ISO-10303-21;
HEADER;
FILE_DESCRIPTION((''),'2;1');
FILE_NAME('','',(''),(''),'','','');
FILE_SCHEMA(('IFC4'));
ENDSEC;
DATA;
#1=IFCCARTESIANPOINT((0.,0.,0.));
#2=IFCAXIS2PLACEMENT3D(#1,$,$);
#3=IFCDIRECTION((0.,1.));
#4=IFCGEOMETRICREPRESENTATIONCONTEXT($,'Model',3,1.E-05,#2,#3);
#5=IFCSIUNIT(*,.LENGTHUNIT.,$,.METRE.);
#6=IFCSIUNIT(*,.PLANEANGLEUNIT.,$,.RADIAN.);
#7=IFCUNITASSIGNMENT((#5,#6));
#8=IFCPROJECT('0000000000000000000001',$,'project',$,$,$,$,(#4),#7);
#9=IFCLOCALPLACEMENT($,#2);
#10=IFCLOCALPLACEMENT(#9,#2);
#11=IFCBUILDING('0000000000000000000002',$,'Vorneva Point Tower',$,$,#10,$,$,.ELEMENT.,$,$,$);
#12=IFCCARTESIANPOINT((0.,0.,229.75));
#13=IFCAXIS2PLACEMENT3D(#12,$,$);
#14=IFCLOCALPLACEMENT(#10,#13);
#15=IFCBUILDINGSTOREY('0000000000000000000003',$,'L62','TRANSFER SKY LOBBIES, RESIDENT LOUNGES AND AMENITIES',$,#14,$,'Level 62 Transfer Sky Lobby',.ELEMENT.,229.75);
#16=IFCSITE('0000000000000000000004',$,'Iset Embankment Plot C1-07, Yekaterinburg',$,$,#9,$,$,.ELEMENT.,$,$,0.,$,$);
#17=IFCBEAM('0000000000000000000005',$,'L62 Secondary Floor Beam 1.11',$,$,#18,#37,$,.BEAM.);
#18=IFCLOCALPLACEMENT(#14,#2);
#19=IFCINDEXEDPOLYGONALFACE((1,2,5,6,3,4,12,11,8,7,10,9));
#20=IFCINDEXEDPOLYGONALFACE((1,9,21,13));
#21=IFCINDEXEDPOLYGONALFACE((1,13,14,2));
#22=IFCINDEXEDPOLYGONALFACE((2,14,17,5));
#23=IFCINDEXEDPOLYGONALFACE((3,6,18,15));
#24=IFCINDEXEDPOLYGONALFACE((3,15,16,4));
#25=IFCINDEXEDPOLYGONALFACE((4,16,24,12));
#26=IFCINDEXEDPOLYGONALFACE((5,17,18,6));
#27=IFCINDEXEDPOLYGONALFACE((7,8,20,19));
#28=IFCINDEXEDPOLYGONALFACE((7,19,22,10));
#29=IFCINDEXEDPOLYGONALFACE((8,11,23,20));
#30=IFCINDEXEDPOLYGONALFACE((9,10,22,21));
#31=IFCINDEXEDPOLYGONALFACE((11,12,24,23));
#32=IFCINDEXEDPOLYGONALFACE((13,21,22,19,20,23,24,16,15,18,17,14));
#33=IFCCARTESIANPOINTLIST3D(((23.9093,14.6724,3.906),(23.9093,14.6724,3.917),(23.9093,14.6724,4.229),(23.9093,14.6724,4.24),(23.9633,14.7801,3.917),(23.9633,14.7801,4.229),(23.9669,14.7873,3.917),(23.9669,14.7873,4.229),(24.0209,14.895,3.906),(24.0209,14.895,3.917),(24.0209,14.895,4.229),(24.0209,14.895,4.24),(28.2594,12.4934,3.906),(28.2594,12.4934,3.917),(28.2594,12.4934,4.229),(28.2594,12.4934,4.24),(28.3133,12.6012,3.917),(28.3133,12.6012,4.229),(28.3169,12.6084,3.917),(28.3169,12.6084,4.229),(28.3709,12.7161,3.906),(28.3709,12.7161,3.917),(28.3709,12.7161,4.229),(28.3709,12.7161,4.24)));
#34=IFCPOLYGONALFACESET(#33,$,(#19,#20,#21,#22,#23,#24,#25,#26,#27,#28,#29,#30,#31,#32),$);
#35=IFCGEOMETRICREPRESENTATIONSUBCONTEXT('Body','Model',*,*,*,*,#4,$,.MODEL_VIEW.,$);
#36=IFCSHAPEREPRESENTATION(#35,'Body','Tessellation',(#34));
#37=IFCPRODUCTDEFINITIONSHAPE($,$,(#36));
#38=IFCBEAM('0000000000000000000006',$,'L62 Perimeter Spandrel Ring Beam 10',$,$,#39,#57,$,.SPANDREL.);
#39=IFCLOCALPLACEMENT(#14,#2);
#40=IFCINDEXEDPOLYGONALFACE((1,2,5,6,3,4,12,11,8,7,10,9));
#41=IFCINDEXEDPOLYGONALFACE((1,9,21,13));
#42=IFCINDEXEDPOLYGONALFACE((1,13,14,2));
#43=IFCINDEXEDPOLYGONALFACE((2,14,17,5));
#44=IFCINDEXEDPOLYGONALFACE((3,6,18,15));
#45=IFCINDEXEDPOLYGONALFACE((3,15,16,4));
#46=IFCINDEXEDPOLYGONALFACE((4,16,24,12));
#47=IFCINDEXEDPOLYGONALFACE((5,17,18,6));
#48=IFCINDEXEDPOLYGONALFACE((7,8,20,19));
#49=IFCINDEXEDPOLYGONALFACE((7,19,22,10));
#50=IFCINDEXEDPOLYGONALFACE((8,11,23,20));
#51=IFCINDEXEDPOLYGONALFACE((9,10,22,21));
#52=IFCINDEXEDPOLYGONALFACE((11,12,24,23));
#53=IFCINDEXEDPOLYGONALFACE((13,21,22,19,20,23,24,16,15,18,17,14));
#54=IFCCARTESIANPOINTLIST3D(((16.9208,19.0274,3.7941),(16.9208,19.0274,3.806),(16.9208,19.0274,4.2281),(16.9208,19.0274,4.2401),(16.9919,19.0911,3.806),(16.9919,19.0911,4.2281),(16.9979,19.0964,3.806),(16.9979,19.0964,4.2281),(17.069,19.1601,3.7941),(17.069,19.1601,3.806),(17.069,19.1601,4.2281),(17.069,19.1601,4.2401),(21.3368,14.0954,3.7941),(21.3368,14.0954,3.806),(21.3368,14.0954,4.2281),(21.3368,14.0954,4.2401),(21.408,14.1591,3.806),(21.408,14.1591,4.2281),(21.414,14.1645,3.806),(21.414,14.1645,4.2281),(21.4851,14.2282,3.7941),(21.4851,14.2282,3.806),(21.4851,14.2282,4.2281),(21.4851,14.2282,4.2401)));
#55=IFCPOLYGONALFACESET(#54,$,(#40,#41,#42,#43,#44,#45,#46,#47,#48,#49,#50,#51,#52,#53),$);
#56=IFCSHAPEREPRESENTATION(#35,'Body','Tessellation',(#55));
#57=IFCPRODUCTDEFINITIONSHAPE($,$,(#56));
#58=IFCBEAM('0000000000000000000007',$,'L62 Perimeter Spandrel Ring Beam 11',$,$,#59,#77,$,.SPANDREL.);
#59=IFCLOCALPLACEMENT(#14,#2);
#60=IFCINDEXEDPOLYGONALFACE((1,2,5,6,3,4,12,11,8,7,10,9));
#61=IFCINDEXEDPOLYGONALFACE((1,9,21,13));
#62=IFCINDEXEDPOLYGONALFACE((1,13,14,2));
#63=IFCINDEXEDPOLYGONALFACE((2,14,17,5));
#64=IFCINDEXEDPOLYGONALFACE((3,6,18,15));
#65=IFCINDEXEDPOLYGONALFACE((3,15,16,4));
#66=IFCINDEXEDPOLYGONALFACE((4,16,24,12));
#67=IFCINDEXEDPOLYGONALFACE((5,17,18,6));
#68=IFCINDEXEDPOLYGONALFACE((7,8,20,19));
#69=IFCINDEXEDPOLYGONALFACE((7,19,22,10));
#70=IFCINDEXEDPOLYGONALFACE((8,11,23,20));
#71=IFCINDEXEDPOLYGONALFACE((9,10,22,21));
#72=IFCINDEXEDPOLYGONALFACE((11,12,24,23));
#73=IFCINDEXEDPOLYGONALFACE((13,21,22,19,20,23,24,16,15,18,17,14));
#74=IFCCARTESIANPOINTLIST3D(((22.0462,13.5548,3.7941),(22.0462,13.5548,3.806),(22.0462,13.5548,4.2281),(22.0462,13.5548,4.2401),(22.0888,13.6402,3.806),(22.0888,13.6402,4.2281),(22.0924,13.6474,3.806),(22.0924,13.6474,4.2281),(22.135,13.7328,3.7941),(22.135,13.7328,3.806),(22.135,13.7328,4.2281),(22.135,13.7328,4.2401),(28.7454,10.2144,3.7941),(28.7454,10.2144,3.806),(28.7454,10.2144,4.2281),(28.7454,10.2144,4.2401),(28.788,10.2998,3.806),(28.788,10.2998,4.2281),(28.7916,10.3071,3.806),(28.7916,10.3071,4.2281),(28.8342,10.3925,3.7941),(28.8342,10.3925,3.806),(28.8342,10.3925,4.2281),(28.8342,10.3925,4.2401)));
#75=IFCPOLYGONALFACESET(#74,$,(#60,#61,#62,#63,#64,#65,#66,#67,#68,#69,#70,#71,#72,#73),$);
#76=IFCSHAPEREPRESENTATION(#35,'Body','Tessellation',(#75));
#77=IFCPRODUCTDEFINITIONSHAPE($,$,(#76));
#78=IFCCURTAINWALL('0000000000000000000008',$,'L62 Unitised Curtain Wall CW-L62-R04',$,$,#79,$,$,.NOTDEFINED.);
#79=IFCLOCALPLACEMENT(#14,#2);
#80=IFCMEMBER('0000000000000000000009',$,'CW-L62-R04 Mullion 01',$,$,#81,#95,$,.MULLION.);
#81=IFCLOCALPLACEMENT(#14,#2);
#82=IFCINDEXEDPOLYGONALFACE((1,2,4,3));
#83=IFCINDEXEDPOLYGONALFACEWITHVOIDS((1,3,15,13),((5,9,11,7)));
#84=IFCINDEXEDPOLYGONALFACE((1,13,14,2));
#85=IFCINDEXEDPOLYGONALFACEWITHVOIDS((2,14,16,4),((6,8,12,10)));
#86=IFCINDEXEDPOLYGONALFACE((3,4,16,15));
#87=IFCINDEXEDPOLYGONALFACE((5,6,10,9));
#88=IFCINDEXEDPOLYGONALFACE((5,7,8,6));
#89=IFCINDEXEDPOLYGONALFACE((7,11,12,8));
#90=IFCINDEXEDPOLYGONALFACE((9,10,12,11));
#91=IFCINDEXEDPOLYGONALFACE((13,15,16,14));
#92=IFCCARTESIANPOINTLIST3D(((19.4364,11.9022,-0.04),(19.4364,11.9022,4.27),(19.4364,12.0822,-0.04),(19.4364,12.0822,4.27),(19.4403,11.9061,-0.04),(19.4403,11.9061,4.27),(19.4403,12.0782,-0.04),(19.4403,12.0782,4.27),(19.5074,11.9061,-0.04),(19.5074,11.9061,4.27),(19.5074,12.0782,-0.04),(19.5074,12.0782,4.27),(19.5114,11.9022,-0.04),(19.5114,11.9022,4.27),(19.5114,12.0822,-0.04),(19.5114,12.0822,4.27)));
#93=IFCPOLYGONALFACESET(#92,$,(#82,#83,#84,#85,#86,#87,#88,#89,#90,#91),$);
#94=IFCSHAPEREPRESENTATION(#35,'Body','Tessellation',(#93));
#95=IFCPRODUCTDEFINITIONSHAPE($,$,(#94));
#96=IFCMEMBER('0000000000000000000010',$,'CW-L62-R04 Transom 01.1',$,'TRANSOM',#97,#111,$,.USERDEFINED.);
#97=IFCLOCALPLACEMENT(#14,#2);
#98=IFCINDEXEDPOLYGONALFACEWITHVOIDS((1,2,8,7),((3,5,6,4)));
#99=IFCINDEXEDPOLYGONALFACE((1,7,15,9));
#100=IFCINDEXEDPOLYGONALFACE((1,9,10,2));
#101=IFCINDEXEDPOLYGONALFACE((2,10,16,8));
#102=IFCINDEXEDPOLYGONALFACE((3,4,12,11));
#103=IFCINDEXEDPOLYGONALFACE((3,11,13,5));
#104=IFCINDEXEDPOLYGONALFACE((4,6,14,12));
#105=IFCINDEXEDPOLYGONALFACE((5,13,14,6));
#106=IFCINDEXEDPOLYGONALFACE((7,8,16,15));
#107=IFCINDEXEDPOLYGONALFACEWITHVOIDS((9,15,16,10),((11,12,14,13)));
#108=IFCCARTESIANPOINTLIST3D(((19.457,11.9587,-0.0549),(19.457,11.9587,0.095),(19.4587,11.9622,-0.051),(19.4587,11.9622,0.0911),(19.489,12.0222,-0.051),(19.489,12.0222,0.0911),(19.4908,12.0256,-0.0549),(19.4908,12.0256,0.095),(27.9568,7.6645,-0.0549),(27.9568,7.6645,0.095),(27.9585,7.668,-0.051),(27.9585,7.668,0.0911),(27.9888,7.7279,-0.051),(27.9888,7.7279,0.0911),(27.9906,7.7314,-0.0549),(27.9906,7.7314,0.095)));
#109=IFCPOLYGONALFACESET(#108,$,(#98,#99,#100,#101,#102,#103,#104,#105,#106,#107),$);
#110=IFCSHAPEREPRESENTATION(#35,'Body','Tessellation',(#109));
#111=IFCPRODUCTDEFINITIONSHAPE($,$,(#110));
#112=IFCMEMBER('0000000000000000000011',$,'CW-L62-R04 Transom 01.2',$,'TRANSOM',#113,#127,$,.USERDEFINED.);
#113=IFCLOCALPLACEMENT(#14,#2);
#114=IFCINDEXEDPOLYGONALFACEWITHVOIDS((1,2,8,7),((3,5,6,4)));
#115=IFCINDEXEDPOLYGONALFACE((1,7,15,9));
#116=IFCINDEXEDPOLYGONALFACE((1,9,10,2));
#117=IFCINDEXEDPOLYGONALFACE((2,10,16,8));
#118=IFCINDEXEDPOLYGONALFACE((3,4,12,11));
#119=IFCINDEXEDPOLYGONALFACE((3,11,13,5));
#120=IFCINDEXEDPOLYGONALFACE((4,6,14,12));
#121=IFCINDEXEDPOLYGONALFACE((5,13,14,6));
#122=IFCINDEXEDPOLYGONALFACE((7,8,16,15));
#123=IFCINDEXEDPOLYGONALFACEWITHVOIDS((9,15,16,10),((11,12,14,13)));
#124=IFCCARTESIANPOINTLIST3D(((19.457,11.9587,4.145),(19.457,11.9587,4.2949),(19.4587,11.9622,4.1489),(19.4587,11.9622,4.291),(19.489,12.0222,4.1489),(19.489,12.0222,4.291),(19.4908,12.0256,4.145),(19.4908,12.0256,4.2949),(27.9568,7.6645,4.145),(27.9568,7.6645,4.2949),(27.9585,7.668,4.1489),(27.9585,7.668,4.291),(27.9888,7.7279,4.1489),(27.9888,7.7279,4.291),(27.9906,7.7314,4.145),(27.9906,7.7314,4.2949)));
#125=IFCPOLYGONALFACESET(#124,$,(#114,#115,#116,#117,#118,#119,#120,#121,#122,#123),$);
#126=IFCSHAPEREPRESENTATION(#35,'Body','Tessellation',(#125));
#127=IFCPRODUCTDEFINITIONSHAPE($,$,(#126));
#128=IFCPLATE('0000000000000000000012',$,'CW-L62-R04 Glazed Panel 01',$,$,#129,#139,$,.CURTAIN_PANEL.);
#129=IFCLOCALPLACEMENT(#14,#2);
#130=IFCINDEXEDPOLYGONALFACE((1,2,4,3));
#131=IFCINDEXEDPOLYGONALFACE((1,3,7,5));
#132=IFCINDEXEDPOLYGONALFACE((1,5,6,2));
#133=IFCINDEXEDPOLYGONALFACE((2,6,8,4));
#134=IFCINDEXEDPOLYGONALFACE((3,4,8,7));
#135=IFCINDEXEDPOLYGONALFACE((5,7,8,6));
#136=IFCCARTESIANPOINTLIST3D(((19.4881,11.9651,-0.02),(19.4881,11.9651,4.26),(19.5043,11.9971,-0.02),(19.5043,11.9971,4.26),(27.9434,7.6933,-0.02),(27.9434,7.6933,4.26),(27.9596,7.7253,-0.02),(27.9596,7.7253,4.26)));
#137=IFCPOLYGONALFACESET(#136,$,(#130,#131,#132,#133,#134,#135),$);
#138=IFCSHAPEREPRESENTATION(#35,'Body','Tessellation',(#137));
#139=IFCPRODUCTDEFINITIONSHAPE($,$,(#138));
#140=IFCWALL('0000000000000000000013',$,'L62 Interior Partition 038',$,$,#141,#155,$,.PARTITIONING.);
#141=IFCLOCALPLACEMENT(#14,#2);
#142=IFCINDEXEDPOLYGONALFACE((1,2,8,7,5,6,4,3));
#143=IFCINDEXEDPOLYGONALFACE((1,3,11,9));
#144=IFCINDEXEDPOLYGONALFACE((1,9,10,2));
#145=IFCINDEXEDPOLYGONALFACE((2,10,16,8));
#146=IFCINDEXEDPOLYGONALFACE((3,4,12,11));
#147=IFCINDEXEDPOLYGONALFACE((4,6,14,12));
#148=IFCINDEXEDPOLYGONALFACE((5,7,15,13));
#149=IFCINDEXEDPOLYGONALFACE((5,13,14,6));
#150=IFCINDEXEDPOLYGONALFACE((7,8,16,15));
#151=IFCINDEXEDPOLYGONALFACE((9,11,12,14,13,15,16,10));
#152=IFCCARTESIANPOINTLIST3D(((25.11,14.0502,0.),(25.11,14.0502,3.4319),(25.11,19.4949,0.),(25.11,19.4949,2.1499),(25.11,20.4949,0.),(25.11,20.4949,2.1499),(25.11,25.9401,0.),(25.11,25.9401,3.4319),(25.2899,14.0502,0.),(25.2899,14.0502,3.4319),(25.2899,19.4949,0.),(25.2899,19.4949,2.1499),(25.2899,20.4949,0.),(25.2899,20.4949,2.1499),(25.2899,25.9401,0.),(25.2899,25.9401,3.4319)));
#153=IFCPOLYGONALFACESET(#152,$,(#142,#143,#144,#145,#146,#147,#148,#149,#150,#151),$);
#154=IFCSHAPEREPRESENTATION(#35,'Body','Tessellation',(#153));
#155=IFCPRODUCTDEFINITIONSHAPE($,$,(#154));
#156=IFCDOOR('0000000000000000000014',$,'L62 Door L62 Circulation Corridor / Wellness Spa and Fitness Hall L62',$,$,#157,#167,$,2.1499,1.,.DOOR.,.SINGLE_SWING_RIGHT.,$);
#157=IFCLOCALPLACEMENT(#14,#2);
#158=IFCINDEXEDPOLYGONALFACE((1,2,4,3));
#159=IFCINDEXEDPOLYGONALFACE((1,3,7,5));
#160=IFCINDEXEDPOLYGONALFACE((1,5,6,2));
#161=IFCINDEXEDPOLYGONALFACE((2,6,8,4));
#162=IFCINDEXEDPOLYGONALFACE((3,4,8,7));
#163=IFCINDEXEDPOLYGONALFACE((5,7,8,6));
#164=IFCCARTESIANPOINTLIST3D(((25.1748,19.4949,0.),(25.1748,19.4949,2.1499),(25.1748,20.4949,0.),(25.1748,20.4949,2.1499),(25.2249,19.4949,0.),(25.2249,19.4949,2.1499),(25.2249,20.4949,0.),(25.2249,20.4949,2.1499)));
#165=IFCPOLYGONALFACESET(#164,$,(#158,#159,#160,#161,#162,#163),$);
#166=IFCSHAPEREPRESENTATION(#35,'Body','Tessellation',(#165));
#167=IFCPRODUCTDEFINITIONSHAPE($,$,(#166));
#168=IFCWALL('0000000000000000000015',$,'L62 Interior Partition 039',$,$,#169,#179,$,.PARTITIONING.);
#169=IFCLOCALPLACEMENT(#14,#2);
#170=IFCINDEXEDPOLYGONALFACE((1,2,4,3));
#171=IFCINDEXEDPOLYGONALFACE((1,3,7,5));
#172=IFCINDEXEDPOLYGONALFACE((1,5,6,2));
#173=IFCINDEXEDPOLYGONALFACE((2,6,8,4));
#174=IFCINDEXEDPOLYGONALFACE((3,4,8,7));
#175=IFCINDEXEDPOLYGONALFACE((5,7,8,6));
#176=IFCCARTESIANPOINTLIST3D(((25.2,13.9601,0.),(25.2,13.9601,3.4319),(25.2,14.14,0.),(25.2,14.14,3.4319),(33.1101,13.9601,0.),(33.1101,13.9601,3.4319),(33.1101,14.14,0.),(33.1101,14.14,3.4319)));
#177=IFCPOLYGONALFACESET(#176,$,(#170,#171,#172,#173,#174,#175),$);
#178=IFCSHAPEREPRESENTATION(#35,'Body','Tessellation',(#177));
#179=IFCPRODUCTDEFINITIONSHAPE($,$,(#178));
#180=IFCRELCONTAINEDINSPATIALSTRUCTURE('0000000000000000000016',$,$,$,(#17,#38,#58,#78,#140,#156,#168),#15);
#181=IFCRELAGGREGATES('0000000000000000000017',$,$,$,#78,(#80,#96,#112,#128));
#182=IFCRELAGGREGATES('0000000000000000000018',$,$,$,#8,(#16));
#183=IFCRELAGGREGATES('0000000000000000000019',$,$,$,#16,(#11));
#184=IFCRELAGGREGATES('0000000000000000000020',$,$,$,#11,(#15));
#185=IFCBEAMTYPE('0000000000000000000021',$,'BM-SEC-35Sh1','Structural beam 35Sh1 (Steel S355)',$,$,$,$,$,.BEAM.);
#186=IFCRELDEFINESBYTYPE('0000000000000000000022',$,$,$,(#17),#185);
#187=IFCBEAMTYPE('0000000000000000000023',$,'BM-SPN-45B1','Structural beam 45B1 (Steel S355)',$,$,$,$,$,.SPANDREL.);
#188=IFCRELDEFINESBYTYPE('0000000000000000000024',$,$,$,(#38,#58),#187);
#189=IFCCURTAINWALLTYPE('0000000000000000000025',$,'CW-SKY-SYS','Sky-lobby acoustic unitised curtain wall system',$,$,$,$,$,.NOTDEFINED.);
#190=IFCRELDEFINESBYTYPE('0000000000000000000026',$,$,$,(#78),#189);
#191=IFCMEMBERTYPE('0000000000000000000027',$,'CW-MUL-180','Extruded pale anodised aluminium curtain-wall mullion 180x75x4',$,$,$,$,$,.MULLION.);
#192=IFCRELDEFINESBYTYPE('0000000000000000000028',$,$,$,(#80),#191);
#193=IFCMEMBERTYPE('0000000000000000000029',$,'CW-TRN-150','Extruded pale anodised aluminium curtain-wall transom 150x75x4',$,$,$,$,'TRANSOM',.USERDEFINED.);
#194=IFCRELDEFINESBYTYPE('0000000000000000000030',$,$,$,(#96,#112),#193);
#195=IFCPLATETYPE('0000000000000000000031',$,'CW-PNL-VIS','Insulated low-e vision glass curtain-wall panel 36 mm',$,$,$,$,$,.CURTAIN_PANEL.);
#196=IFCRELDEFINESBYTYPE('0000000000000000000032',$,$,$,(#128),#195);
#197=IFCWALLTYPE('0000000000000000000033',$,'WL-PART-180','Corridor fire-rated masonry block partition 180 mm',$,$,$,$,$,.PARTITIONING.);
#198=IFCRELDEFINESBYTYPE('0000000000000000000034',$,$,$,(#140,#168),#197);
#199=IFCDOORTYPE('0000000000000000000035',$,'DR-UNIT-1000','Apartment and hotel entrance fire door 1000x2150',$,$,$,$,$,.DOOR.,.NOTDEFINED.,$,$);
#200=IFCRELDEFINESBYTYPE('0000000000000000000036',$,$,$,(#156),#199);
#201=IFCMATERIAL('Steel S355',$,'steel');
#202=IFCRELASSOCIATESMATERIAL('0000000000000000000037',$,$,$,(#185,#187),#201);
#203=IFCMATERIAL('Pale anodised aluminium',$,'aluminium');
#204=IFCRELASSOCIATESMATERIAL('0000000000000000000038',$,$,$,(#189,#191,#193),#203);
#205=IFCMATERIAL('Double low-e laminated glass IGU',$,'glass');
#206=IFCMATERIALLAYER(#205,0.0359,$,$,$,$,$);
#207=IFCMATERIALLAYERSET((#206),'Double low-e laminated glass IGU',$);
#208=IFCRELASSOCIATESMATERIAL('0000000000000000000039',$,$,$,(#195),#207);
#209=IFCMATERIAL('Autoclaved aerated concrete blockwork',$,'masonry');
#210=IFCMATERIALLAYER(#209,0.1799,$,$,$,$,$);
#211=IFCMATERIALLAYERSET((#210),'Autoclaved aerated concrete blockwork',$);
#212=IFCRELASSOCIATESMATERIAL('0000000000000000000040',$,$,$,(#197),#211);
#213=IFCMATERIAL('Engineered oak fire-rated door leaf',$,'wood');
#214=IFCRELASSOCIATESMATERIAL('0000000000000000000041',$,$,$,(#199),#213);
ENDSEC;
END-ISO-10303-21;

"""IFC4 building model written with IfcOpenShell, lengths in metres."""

from ifc_helpers import new_model, si_unit, direction, frame, frame_2d, origin, origin_2d, place, context, subcontext, project, spatial, rectangle, hollow_rectangle, i_section, extrude, material, layer, layer_set, material_profile, profile_set, type_object, element, fill, aggregate, save


model = new_model("IFC4")

# Units and contexts
model_context = context("Model", 3, precision=1e-05, world=origin(), true_north=direction((0.0, 1.0)))
body_context = subcontext(model_context, "Body", "Model", "MODEL_VIEW")
ifc_project = project(units=[si_unit("LENGTHUNIT", "METRE"), si_unit("PLANEANGLEUNIT", "RADIAN")], contexts=[model_context])

# Site, building, storey
site_placement = place(None, origin())
site = spatial("IfcSite", under=ifc_project, at=site_placement, Name="Iset Embankment Plot C1-07, Yekaterinburg", CompositionType="ELEMENT", RefElevation=0.0)
building_placement = place(site_placement, origin())
building = spatial("IfcBuilding", under=site, at=building_placement, Name="Vorneva Point Tower", CompositionType="ELEMENT")
storey_placement = place(building_placement, frame((0.0, 0.0, 229.75)))
storey = spatial("IfcBuildingStorey", under=building, at=storey_placement, Name="L62", Description="TRANSFER SKY LOBBIES, RESIDENT LOUNGES AND AMENITIES", LongName="Level 62 Transfer Sky Lobby", CompositionType="ELEMENT", Elevation=229.75)

# Beams
ifc_material_1 = material(Name="Steel S355", Category="steel")
ifc_material_profile_1 = material_profile(ifc_material_1, i_section(OverallWidth=0.249, OverallDepth=0.334, WebThickness=0.0081, FlangeThickness=0.011, at=origin_2d()), Name="35Sh1")
ifc_profile_set_1 = profile_set([ifc_material_profile_1], Name="Steel S355")
beam_type_1 = type_object("IfcBeamType", Name="BM-SEC-35Sh1", Description="Structural beam 35Sh1 (Steel S355)", PredefinedType="BEAM", material=ifc_profile_set_1)
beam_1_placement = place(storey_placement, frame((23.9651, 14.7837, 4.073), z_axis=(0.894106, -0.447856, 0.0), x_axis=(0.447856, 0.894106, 0.0)))
element("IfcBeam", 1, at=beam_1_placement, inside=storey, type_object=beam_type_1, Name="L62 Secondary Floor Beam 1.11", PredefinedType="BEAM", context=body_context, shape_type="SweptSolid", body=[
    extrude(i_section(OverallWidth=0.249, OverallDepth=0.334, WebThickness=0.0081, FlangeThickness=0.011, at=origin_2d()), origin(), (0.0, 0.0, 1.0), 4.8652),
])
ifc_material_profile_2 = material_profile(ifc_material_1, i_section(OverallWidth=0.199, OverallDepth=0.446, WebThickness=0.0081, FlangeThickness=0.012, at=origin_2d()), Name="45B1")
ifc_profile_set_2 = profile_set([ifc_material_profile_2], Name="Steel S355")
beam_type_2 = type_object("IfcBeamType", Name="BM-SPN-45B1", Description="Structural beam 45B1 (Steel S355)", PredefinedType="SPANDREL", material=ifc_profile_set_2)
beam_2_placement = place(storey_placement, frame((16.9949, 19.0938, 4.0171), z_axis=(0.66707, -0.744995, 0.0), x_axis=(0.744995, 0.66707, 0.0)))
element("IfcBeam", 2, at=beam_2_placement, inside=storey, type_object=beam_type_2, Name="L62 Perimeter Spandrel Ring Beam 10", PredefinedType="SPANDREL", context=body_context, shape_type="SweptSolid", body=[
    extrude(i_section(OverallWidth=0.199, OverallDepth=0.446, WebThickness=0.0081, FlangeThickness=0.012, at=origin_2d()), origin(), (0.0, 0.0, 1.0), 6.6201),
])
beam_3_placement = place(storey_placement, frame((22.0906, 13.6438, 4.0171), z_axis=(0.894922, -0.446222, 0.0), x_axis=(0.446222, 0.894922, 0.0)))
element("IfcBeam", 3, at=beam_3_placement, inside=storey, type_object=beam_type_2, Name="L62 Perimeter Spandrel Ring Beam 11", PredefinedType="SPANDREL", context=body_context, shape_type="SweptSolid", body=[
    extrude(i_section(OverallWidth=0.199, OverallDepth=0.446, WebThickness=0.0081, FlangeThickness=0.012, at=origin_2d()), origin(), (0.0, 0.0, 1.0), 7.4858),
])

# Curtain wall, members, plate
ifc_material_2 = material(Name="Pale anodised aluminium", Category="aluminium")
curtain_wall_type = type_object("IfcCurtainWallType", Name="CW-SKY-SYS", Description="Sky-lobby acoustic unitised curtain wall system", PredefinedType="NOTDEFINED", material=ifc_material_2)
curtain_wall_placement = place(storey_placement, origin())
curtain_wall = element("IfcCurtainWall", 4, at=curtain_wall_placement, inside=storey, type_object=curtain_wall_type, Name="L62 Unitised Curtain Wall CW-L62-R04", PredefinedType="NOTDEFINED")
ifc_material_profile_3 = material_profile(ifc_material_2, hollow_rectangle(XDim=0.075, YDim=0.1799, WallThickness=0.0039, at=origin_2d()), Name="AL-MUL 180x75x4")
ifc_profile_set_3 = profile_set([ifc_material_profile_3], Name="Pale anodised aluminium")
member_type_1 = type_object("IfcMemberType", Name="CW-MUL-180", Description="Extruded pale anodised aluminium curtain-wall mullion 180x75x4", PredefinedType="MULLION", material=ifc_profile_set_3)
member_1_placement = place(storey_placement, frame((19.4739, 11.9922, -0.04), z_axis=(0.0, 0.0, 1.0), x_axis=(1.0, 0.0, 0.0)))
member_1 = element("IfcMember", 5, at=member_1_placement, type_object=member_type_1, Name="CW-L62-R04 Mullion 01", PredefinedType="MULLION", context=body_context, shape_type="SweptSolid", body=[
    extrude(hollow_rectangle(XDim=0.075, YDim=0.1799, WallThickness=0.0039, at=origin_2d()), origin(), (0.0, 0.0, 1.0), 4.3101),
])
ifc_material_profile_4 = material_profile(ifc_material_2, hollow_rectangle(XDim=0.075, YDim=0.1499, WallThickness=0.0039, at=origin_2d()), Name="AL-TRN 150x75x4")
ifc_profile_set_4 = profile_set([ifc_material_profile_4], Name="Pale anodised aluminium")
member_type_2 = type_object("IfcMemberType", Name="CW-TRN-150", Description="Extruded pale anodised aluminium curtain-wall transom 150x75x4", ElementType="TRANSOM", PredefinedType="USERDEFINED", material=ifc_profile_set_4)
member_2_placement = place(storey_placement, frame((19.4739, 11.9922, 0.02), z_axis=(0.892558, -0.450932, 0.0), x_axis=(0.450932, 0.892558, 0.0)))
member_2 = element("IfcMember", 6, at=member_2_placement, type_object=member_type_2, Name="CW-L62-R04 Transom 01.1", ObjectType="TRANSOM", PredefinedType="USERDEFINED", context=body_context, shape_type="SweptSolid", body=[
    extrude(hollow_rectangle(XDim=0.075, YDim=0.1499, WallThickness=0.0039, at=origin_2d()), origin(), (0.0, 0.0, 1.0), 9.5229),
])
member_3_placement = place(storey_placement, frame((19.4739, 11.9922, 4.22), z_axis=(0.892558, -0.450932, 0.0), x_axis=(0.450932, 0.892558, 0.0)))
member_3 = element("IfcMember", 7, at=member_3_placement, type_object=member_type_2, Name="CW-L62-R04 Transom 01.2", ObjectType="TRANSOM", PredefinedType="USERDEFINED", context=body_context, shape_type="SweptSolid", body=[
    extrude(hollow_rectangle(XDim=0.075, YDim=0.1499, WallThickness=0.0039, at=origin_2d()), origin(), (0.0, 0.0, 1.0), 9.5229),
])
ifc_material_3 = material(Name="Double low-e laminated glass IGU", Category="glass")
ifc_layer_1 = layer(ifc_material_3, 0.0359)
ifc_layer_set_1 = layer_set([ifc_layer_1], Name="Double low-e laminated glass IGU")
plate_type = type_object("IfcPlateType", Name="CW-PNL-VIS", Description="Insulated low-e vision glass curtain-wall panel 36 mm", PredefinedType="CURTAIN_PANEL", material=ifc_layer_set_1)
plate_placement = place(storey_placement, frame((23.7239, 9.8452, -0.02), z_axis=(0.0, 0.0, 1.0), x_axis=(0.892554, -0.45094, 0.0)))
plate = element("IfcPlate", 8, at=plate_placement, type_object=plate_type, Name="CW-L62-R04 Glazed Panel 01", PredefinedType="CURTAIN_PANEL", context=body_context, shape_type="SweptSolid", body=[
    extrude(rectangle(XDim=9.4731, YDim=0.0359, at=origin_2d()), origin(), (0.0, 0.0, 1.0), 4.28),
])
aggregate(curtain_wall, [member_1, member_2, member_3, plate])

# Wall, opening, door
ifc_material_4 = material(Name="Autoclaved aerated concrete blockwork", Category="masonry")
ifc_layer_2 = layer(ifc_material_4, 0.1799)
ifc_layer_set_2 = layer_set([ifc_layer_2], Name="Autoclaved aerated concrete blockwork")
wall_type = type_object("IfcWallType", Name="WL-PART-180", Description="Corridor fire-rated masonry block partition 180 mm", PredefinedType="PARTITIONING", material=ifc_layer_set_2)
wall_1_placement = place(storey_placement, frame((25.2, 25.9399, 0.0), z_axis=(0.0, 0.0, 1.0), x_axis=(0.0, -1.0, 0.0)))
wall_1 = element("IfcWall", 9, at=wall_1_placement, inside=storey, type_object=wall_type, Name="L62 Interior Partition 038", PredefinedType="PARTITIONING", context=body_context, shape_type="SweptSolid", body=[
    extrude(rectangle(XDim=11.8899, YDim=0.1799, at=frame_2d((5.9448, 0.0))), origin(), (0.0, 0.0, 1.0), 3.4319),
])
opening_placement = place(wall_1_placement, frame((5.4451, 0.0, 0.0)))
opening = element("IfcOpeningElement", 10, at=opening_placement, cuts=wall_1, PredefinedType="OPENING", context=body_context, shape_type="SweptSolid", body=[
    extrude(rectangle(XDim=1.0, YDim=2.1499, at=frame_2d((0.5, 1.075))), frame((0.0, 0.105, 0.0), z_axis=(0.0, -1.0, 0.0), x_axis=(1.0, 0.0, 0.0)), (0.0, 0.0, 1.0), 0.2097),
])
ifc_material_5 = material(Name="Engineered oak fire-rated door leaf", Category="wood")
door_type = type_object("IfcDoorType", Name="DR-UNIT-1000", Description="Apartment and hotel entrance fire door 1000x2150", OperationType="NOTDEFINED", PredefinedType="DOOR", material=ifc_material_5)
door_placement = place(opening_placement, origin())
door = element("IfcDoor", 11, at=door_placement, inside=storey, type_object=door_type, Name="L62 Door L62 Circulation Corridor / Wellness Spa and Fitness Hall L62", OperationType="SINGLE_SWING_RIGHT", OverallHeight=2.1499, OverallWidth=1.0, PredefinedType="DOOR", context=body_context, shape_type="SweptSolid", body=[
    extrude(rectangle(XDim=1.0, YDim=2.1499, at=frame_2d((0.5, 1.075))), frame((0.0, 0.0249, 0.0), z_axis=(0.0, -1.0, 0.0), x_axis=(1.0, 0.0, 0.0)), (0.0, 0.0, 1.0), 0.05),
])
fill(opening, door)

# Wall
wall_2_placement = place(storey_placement, frame((25.2, 14.05, 0.0), z_axis=(0.0, 0.0, 1.0), x_axis=(1.0, 0.0, 0.0)))
element("IfcWall", 12, at=wall_2_placement, inside=storey, type_object=wall_type, Name="L62 Interior Partition 039", PredefinedType="PARTITIONING", context=body_context, shape_type="SweptSolid", body=[
    extrude(rectangle(XDim=7.9102, YDim=0.1799, at=frame_2d((3.9551, 0.0))), origin(), (0.0, 0.0, 1.0), 3.4319),
])

save(model, "model.ifc")
